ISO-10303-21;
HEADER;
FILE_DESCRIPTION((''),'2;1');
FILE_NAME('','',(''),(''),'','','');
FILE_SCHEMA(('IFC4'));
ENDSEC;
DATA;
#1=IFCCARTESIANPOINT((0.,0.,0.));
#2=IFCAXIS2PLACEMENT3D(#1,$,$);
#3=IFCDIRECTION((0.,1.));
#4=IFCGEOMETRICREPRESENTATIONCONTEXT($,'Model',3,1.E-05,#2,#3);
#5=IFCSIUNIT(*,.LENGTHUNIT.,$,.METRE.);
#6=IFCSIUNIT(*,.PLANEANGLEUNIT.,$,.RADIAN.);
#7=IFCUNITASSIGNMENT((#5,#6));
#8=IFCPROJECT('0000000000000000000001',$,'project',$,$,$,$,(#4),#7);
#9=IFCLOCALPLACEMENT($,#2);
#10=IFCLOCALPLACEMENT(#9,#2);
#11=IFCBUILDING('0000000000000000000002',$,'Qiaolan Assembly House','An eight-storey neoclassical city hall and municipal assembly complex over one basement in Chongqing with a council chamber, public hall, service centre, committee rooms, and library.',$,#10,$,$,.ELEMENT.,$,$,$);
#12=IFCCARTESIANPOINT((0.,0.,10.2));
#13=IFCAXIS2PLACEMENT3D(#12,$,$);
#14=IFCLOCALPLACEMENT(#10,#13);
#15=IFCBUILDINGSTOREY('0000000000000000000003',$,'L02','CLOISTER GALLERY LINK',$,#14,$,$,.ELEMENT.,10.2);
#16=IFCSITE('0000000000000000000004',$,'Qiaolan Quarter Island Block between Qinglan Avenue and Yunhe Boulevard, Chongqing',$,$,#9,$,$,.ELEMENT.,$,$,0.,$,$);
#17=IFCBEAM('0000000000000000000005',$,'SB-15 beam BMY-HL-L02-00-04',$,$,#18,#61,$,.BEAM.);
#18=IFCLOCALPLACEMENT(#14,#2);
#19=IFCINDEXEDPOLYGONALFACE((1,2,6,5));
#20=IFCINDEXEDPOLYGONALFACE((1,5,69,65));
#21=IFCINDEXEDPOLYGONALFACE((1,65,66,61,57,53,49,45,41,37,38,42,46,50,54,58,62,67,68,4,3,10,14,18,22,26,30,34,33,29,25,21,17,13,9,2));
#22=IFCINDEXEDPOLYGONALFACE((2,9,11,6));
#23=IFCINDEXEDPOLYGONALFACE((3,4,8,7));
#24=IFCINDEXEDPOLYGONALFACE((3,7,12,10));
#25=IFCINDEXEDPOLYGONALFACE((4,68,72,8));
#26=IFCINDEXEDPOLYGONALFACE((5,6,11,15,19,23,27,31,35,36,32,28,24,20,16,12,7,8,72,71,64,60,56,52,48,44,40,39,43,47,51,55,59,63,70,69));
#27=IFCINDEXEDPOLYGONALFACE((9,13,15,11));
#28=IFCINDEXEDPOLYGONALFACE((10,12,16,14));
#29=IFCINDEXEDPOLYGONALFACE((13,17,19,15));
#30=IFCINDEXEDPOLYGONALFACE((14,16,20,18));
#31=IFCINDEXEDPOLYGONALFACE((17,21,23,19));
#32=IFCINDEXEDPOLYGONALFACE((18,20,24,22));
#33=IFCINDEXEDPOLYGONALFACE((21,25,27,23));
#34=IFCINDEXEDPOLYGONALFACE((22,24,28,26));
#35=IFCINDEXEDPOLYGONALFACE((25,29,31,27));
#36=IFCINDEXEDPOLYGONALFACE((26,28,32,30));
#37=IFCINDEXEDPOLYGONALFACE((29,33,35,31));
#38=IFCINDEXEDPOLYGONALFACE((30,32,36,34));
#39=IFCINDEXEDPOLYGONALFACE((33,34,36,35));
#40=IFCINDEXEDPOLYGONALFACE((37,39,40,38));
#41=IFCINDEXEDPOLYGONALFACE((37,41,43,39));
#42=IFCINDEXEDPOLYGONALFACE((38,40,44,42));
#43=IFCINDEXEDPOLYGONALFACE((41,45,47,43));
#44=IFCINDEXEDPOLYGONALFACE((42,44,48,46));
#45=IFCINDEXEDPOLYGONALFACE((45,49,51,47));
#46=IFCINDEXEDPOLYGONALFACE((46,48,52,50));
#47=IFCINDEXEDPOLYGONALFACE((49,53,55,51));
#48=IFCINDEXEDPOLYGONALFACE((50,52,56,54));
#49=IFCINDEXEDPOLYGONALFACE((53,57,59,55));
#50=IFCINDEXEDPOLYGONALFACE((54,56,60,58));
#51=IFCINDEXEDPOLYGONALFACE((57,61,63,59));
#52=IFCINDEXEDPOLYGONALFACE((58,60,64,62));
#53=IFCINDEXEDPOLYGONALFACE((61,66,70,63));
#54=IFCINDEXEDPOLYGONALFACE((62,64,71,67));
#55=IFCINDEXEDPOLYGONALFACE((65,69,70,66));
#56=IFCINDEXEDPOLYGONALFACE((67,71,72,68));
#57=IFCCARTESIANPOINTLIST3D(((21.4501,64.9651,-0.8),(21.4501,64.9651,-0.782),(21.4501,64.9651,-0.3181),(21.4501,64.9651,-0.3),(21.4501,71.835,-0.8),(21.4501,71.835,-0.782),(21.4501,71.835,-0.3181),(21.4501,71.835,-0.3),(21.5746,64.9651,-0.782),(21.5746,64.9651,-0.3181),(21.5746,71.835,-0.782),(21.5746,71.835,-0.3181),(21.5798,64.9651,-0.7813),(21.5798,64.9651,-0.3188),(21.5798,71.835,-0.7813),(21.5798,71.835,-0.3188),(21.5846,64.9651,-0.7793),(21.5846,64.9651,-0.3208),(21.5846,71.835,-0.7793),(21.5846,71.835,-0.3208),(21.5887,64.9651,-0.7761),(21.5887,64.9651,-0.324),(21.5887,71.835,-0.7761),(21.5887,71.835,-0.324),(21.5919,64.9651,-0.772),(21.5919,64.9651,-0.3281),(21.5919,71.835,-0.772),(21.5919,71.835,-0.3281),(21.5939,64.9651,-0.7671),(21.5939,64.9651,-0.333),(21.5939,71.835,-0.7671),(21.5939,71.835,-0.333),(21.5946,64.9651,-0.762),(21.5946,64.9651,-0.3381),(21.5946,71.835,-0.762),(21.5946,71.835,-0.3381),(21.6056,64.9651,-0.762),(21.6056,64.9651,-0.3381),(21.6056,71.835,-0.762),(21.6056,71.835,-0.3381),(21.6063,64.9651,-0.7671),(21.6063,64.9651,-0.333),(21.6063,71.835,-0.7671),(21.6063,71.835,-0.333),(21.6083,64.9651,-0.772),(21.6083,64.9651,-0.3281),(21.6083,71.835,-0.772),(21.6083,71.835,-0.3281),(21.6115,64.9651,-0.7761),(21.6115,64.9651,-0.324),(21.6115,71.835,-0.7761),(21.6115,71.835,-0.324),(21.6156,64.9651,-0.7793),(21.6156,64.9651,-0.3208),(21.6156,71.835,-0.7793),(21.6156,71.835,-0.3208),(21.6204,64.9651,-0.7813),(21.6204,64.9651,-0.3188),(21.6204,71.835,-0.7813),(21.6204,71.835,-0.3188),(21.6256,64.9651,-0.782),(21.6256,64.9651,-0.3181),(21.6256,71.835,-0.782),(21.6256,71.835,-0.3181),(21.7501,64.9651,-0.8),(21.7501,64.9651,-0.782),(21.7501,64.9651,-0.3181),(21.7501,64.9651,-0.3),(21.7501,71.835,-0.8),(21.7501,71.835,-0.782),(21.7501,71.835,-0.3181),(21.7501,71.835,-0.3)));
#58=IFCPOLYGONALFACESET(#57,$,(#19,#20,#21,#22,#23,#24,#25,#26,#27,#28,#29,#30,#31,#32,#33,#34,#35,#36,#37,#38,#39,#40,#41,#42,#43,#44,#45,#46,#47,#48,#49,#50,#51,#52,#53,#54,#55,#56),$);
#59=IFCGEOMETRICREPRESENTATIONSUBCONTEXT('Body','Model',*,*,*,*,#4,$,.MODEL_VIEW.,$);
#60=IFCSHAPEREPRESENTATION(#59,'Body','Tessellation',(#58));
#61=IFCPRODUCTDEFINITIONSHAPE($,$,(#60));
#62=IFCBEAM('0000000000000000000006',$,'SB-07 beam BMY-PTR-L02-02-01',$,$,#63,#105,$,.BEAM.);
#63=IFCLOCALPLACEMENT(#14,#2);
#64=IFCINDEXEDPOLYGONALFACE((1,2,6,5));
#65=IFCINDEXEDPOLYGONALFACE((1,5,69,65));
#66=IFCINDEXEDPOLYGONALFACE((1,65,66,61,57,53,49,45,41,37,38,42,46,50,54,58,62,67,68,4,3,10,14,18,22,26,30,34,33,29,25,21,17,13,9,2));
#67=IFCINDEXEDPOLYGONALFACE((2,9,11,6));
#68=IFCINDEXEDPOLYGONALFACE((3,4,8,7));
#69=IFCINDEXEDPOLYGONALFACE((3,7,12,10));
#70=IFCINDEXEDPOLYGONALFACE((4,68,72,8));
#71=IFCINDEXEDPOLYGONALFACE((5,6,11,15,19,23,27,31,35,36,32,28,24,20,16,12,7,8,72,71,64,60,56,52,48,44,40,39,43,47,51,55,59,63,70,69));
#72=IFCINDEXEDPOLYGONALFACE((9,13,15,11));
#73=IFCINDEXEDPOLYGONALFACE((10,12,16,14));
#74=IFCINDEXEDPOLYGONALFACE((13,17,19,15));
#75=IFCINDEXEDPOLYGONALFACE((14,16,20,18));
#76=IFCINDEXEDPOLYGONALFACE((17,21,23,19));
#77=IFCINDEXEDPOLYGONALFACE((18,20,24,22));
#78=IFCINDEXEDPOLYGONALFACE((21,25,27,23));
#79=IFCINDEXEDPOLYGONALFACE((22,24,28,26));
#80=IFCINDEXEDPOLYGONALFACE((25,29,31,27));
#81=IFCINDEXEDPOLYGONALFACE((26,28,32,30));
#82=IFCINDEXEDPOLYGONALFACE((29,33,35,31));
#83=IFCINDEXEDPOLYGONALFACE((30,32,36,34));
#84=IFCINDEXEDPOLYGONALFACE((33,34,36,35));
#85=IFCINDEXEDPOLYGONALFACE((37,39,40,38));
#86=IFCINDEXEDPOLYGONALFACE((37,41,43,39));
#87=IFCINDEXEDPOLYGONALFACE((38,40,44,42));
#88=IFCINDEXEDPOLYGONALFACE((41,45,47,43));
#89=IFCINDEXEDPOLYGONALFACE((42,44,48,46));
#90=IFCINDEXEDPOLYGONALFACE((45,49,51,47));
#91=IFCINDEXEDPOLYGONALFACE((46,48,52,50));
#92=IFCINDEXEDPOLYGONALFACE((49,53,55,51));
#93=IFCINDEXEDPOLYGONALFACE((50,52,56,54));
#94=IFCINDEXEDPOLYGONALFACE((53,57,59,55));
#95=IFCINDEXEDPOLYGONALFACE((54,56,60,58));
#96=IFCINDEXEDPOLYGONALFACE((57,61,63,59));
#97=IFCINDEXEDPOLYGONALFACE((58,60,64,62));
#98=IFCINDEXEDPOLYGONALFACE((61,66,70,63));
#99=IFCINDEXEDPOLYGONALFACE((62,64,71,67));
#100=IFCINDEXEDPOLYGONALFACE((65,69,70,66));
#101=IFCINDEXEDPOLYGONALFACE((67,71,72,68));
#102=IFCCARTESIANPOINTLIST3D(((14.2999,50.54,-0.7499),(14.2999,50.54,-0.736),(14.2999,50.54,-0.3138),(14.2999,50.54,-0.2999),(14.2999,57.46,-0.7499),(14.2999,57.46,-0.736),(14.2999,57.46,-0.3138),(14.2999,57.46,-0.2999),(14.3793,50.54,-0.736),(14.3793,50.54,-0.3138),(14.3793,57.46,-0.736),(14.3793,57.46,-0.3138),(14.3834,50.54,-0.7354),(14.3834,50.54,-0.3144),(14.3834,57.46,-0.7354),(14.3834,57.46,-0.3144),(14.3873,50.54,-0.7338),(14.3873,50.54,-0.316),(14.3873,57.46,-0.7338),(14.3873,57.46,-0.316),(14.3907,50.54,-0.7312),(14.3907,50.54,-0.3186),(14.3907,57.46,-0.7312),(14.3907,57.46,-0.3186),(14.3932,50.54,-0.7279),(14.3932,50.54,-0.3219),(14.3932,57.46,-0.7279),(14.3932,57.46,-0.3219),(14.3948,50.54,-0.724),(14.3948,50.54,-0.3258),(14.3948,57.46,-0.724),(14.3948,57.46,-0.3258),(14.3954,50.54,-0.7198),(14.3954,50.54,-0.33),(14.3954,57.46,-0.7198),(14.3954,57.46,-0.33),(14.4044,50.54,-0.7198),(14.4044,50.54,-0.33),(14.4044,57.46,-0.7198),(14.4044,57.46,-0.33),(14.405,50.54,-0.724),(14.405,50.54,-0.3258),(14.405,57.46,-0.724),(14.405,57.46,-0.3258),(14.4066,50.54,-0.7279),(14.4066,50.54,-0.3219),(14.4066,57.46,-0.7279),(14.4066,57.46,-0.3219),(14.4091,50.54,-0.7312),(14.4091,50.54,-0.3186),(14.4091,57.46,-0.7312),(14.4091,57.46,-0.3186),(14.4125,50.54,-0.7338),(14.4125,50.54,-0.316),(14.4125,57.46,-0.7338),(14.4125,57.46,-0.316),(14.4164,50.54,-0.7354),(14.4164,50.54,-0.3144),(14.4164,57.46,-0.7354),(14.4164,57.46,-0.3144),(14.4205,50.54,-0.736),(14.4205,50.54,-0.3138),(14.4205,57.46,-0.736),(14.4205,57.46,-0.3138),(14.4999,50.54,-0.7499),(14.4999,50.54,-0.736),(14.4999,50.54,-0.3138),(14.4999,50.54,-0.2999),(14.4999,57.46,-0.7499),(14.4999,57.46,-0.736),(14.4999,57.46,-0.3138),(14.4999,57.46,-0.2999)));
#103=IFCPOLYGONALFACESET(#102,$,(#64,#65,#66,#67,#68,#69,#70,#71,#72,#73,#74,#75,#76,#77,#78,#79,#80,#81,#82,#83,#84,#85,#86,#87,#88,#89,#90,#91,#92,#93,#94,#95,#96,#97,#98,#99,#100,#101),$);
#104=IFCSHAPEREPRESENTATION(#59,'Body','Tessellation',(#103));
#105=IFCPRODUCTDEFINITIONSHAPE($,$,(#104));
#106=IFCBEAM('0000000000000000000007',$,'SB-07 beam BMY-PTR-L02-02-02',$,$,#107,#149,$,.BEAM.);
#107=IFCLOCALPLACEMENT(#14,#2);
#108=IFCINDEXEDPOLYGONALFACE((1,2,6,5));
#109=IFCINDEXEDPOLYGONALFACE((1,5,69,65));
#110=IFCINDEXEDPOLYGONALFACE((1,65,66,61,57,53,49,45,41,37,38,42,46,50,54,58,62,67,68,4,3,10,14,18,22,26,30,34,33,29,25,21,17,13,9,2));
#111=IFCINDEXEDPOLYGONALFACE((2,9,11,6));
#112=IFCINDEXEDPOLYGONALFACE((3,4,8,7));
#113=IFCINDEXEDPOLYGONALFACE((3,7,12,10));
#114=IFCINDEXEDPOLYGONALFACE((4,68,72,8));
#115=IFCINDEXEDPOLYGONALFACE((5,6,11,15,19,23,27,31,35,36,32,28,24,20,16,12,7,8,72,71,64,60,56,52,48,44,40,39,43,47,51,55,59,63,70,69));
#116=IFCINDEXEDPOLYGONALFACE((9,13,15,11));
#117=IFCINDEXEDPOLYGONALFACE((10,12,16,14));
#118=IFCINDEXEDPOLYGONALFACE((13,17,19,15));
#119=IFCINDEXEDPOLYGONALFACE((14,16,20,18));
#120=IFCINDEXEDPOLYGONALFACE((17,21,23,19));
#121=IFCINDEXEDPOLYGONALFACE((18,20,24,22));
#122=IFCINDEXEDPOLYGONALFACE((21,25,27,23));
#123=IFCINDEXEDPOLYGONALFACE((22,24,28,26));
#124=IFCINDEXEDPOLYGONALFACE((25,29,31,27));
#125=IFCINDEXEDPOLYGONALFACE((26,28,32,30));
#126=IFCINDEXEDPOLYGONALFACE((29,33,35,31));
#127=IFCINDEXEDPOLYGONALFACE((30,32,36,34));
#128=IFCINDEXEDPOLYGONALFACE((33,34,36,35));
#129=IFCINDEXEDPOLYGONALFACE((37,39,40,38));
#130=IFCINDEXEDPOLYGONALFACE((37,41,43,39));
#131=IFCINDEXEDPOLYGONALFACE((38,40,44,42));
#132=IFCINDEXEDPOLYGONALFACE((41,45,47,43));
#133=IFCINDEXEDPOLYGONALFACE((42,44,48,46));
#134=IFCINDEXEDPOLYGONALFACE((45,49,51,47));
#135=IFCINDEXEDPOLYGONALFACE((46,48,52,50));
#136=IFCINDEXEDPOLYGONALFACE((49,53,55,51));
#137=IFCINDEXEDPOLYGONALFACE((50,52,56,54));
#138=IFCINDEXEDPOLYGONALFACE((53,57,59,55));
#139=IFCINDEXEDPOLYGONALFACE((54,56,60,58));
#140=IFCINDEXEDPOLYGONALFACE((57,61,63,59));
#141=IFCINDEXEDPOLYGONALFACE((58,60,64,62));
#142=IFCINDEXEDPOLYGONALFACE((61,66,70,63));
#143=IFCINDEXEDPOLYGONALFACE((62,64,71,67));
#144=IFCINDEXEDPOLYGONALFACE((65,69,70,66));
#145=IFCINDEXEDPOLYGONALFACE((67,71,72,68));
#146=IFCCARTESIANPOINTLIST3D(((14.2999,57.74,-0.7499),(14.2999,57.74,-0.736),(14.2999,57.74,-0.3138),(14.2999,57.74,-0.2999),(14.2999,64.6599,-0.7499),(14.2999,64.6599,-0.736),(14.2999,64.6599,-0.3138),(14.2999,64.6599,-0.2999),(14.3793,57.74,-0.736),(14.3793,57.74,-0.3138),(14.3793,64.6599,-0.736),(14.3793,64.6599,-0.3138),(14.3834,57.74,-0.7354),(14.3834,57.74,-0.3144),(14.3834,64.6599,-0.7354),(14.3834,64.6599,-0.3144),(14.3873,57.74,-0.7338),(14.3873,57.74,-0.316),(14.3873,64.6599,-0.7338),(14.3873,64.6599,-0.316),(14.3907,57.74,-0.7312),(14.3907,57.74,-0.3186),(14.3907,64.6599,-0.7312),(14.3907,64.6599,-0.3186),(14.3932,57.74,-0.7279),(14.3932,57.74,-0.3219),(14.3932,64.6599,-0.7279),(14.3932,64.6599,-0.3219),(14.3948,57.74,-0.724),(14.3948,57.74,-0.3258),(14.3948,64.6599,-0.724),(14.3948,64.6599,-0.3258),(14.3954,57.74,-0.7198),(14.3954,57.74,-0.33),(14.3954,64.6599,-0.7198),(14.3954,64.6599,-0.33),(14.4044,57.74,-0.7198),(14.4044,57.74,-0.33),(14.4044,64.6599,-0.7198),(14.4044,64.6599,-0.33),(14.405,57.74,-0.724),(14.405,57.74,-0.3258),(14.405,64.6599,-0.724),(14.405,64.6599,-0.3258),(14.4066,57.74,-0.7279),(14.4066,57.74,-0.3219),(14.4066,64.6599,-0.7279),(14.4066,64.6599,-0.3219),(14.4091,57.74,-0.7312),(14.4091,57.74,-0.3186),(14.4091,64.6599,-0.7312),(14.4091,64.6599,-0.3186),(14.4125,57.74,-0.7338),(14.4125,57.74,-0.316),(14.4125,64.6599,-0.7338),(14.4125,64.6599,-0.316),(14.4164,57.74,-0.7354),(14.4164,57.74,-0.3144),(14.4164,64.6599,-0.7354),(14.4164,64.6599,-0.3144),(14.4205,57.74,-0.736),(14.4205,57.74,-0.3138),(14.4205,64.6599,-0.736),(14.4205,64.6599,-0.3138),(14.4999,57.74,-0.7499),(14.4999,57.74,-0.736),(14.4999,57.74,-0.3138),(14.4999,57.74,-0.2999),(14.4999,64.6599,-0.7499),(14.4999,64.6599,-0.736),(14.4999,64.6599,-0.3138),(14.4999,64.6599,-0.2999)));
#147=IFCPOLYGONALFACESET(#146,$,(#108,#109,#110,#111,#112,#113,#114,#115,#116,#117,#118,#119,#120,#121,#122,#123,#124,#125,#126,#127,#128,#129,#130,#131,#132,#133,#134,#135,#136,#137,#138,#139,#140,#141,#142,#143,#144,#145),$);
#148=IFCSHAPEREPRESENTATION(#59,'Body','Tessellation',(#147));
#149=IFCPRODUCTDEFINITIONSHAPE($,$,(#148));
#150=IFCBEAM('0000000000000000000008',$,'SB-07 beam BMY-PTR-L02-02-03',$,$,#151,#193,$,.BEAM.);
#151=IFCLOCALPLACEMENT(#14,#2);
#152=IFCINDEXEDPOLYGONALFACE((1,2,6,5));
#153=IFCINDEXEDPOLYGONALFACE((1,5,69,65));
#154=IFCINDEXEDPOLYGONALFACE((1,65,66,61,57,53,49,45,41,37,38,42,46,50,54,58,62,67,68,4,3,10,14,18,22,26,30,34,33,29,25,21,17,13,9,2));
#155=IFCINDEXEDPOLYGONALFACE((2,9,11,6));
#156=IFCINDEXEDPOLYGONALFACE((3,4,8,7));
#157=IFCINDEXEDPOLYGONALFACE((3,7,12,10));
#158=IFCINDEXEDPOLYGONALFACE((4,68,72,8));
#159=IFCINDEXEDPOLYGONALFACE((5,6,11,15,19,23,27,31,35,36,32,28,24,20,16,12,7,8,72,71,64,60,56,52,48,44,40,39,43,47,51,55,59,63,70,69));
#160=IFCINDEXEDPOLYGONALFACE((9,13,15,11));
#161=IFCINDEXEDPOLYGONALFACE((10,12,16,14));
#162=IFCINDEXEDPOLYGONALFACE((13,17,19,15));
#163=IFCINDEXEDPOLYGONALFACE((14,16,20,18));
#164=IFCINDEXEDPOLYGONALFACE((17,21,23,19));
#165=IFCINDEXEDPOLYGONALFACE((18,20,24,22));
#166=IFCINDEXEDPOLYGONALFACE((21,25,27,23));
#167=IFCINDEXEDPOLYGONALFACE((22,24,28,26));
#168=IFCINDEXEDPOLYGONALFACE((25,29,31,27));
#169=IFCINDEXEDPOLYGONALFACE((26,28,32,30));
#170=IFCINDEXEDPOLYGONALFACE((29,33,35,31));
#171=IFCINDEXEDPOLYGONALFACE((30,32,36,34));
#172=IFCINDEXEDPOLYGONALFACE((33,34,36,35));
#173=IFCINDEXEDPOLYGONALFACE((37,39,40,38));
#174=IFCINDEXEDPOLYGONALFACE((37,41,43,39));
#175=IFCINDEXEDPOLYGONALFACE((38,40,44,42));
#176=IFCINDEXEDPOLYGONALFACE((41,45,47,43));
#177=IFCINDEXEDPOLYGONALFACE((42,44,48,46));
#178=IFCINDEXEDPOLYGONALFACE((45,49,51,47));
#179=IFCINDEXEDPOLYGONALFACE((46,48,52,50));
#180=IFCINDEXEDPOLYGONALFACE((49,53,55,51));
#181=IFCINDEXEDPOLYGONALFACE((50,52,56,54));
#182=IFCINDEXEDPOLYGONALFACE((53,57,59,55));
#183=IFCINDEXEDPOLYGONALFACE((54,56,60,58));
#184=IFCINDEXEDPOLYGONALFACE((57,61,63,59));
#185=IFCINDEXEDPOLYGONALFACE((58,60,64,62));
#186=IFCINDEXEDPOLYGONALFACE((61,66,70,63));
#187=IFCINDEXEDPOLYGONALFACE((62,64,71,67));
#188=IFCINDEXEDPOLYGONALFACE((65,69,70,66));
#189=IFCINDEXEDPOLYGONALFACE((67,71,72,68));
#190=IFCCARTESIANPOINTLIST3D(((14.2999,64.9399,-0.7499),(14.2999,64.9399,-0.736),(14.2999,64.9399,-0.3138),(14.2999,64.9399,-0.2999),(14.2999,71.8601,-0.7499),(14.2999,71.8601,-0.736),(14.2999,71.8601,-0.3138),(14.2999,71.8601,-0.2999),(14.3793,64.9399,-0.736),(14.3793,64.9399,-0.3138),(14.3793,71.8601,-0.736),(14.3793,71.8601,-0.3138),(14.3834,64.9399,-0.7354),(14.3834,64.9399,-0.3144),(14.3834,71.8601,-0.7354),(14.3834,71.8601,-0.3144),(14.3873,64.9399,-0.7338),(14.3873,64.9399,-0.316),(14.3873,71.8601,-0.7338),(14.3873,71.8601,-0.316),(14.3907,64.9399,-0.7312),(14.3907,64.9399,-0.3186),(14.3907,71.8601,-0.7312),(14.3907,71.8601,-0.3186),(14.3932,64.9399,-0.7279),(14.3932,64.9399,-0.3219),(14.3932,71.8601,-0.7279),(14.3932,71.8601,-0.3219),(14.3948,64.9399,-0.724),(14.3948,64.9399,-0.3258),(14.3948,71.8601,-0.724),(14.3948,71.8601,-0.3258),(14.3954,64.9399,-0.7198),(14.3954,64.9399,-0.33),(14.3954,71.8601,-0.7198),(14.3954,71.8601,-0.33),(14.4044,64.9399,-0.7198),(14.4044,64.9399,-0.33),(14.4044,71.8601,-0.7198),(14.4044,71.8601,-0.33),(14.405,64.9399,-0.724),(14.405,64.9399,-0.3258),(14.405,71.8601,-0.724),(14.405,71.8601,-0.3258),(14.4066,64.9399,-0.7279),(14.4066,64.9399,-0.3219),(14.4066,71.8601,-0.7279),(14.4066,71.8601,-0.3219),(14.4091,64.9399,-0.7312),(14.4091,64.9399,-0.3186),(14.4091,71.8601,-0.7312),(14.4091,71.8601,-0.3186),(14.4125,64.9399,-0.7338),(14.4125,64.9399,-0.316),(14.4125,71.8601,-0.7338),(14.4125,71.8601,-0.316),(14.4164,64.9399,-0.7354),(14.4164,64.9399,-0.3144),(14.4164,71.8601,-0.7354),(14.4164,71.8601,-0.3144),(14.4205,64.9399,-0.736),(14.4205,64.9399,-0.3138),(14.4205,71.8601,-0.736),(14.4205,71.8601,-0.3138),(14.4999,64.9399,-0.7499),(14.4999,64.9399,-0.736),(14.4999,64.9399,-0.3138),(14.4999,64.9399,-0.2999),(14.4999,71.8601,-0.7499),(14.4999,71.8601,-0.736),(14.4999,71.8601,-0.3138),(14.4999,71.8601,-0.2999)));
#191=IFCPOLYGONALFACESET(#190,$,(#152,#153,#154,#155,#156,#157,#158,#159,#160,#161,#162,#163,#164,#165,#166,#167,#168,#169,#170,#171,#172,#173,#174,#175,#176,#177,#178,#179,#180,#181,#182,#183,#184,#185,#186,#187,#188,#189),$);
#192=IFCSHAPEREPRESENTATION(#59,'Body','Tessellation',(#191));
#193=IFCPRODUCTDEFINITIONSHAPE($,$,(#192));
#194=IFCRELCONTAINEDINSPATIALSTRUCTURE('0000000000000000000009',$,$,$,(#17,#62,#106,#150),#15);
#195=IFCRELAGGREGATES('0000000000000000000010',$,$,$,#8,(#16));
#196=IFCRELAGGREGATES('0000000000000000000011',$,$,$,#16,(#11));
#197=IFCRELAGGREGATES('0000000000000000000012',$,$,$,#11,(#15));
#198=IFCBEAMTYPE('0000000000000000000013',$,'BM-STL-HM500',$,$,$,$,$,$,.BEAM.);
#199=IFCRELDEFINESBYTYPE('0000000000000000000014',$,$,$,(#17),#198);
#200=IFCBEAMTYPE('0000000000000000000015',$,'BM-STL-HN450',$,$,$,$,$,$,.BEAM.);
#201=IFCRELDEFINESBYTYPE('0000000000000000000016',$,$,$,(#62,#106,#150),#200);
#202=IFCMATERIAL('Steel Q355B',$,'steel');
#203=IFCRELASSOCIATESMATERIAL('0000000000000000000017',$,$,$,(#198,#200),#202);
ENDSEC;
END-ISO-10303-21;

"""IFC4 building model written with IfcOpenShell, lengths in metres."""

from ifc_helpers import new_model, si_unit, direction, frame, origin, origin_2d, place, context, subcontext, project, spatial, i_section, extrude, material, material_profile, profile_set, type_object, element, save


model = new_model("IFC4")

# Units and contexts
model_context = context("Model", 3, precision=1e-05, world=origin(), true_north=direction((0.0, 1.0)))
body_context = subcontext(model_context, "Body", "Model", "MODEL_VIEW")
ifc_project = project(units=[si_unit("LENGTHUNIT", "METRE"), si_unit("PLANEANGLEUNIT", "RADIAN")], contexts=[model_context])

# Site, building, storey
site_placement = place(None, origin())
site = spatial("IfcSite", under=ifc_project, at=site_placement, Name="Qiaolan Quarter Island Block between Qinglan Avenue and Yunhe Boulevard, Chongqing", CompositionType="ELEMENT", RefElevation=0.0)
building_placement = place(site_placement, origin())
building = spatial("IfcBuilding", under=site, at=building_placement, Name="Qiaolan Assembly House", Description="An eight-storey neoclassical city hall and municipal assembly complex over one basement in Chongqing with a council chamber, public hall, service centre, committee rooms, and library.", CompositionType="ELEMENT")
storey_placement = place(building_placement, frame((0.0, 0.0, 10.2)))
storey = spatial("IfcBuildingStorey", under=building, at=storey_placement, Name="L02", Description="CLOISTER GALLERY LINK", CompositionType="ELEMENT", Elevation=10.2)

# Shared definitions
ifc_material = material(Name="Steel Q355B", Category="steel")

# Beams
ifc_material_profile_1 = material_profile(ifc_material, i_section(OverallWidth=0.3, OverallDepth=0.5, WebThickness=0.011, FlangeThickness=0.0181, FilletRadius=0.02, at=origin_2d()), Name="HM 500x300x11x18")
ifc_profile_set_1 = profile_set([ifc_material_profile_1], Name="Steel Q355B")
beam_type_1 = type_object("IfcBeamType", Name="BM-STL-HM500", PredefinedType="BEAM", material=ifc_profile_set_1)
beam_1_placement = place(storey_placement, frame((21.6001, 64.9651, -0.55), z_axis=(0.0, 1.0, 0.0), x_axis=(-1.0, 0.0, 0.0)))
element("IfcBeam", 1, at=beam_1_placement, inside=storey, type_object=beam_type_1, Name="SB-15 beam BMY-HL-L02-00-04", PredefinedType="BEAM", context=body_context, shape_type="SweptSolid", body=[
    extrude(i_section(OverallWidth=0.3, OverallDepth=0.5, WebThickness=0.011, FlangeThickness=0.0181, FilletRadius=0.02, at=origin_2d()), origin(), (0.0, 0.0, 1.0), 6.8699),
])
ifc_material_profile_2 = material_profile(ifc_material, i_section(OverallWidth=0.2, OverallDepth=0.45, WebThickness=0.009, FlangeThickness=0.0139, FilletRadius=0.0161, at=origin_2d()), Name="HN 450x200x9x14")
ifc_profile_set_2 = profile_set([ifc_material_profile_2], Name="Steel Q355B")
beam_type_2 = type_object("IfcBeamType", Name="BM-STL-HN450", PredefinedType="BEAM", material=ifc_profile_set_2)
for number, where, z_axis, x_axis, name in (
    (2, (14.3999, 50.54, -0.5249), (0.0, 1.0, 0.0), (-1.0, 0.0, 0.0), "SB-07 beam BMY-PTR-L02-02-01"),
    (3, (14.3999, 57.74, -0.5249), (0.0, 1.0, 0.0), (-1.0, 0.0, 0.0), "SB-07 beam BMY-PTR-L02-02-02"),
):
    element("IfcBeam", number, at=place(storey_placement, frame(where, z_axis=z_axis, x_axis=x_axis)), inside=storey, type_object=beam_type_2, Name=name, PredefinedType="BEAM", context=body_context, shape_type="SweptSolid", body=[
        extrude(i_section(OverallWidth=0.2, OverallDepth=0.45, WebThickness=0.009, FlangeThickness=0.0139, FilletRadius=0.0161, at=origin_2d()), origin(), (0.0, 0.0, 1.0), 6.9199),
    ])
beam_2_placement = place(storey_placement, frame((14.3999, 64.9399, -0.5249), z_axis=(0.0, 1.0, 0.0), x_axis=(-1.0, 0.0, 0.0)))
element("IfcBeam", 4, at=beam_2_placement, inside=storey, type_object=beam_type_2, Name="SB-07 beam BMY-PTR-L02-02-03", PredefinedType="BEAM", context=body_context, shape_type="SweptSolid", body=[
    extrude(i_section(OverallWidth=0.2, OverallDepth=0.45, WebThickness=0.009, FlangeThickness=0.0139, FilletRadius=0.0161, at=origin_2d()), origin(), (0.0, 0.0, 1.0), 6.9202),
])

save(model, "model.ifc")
